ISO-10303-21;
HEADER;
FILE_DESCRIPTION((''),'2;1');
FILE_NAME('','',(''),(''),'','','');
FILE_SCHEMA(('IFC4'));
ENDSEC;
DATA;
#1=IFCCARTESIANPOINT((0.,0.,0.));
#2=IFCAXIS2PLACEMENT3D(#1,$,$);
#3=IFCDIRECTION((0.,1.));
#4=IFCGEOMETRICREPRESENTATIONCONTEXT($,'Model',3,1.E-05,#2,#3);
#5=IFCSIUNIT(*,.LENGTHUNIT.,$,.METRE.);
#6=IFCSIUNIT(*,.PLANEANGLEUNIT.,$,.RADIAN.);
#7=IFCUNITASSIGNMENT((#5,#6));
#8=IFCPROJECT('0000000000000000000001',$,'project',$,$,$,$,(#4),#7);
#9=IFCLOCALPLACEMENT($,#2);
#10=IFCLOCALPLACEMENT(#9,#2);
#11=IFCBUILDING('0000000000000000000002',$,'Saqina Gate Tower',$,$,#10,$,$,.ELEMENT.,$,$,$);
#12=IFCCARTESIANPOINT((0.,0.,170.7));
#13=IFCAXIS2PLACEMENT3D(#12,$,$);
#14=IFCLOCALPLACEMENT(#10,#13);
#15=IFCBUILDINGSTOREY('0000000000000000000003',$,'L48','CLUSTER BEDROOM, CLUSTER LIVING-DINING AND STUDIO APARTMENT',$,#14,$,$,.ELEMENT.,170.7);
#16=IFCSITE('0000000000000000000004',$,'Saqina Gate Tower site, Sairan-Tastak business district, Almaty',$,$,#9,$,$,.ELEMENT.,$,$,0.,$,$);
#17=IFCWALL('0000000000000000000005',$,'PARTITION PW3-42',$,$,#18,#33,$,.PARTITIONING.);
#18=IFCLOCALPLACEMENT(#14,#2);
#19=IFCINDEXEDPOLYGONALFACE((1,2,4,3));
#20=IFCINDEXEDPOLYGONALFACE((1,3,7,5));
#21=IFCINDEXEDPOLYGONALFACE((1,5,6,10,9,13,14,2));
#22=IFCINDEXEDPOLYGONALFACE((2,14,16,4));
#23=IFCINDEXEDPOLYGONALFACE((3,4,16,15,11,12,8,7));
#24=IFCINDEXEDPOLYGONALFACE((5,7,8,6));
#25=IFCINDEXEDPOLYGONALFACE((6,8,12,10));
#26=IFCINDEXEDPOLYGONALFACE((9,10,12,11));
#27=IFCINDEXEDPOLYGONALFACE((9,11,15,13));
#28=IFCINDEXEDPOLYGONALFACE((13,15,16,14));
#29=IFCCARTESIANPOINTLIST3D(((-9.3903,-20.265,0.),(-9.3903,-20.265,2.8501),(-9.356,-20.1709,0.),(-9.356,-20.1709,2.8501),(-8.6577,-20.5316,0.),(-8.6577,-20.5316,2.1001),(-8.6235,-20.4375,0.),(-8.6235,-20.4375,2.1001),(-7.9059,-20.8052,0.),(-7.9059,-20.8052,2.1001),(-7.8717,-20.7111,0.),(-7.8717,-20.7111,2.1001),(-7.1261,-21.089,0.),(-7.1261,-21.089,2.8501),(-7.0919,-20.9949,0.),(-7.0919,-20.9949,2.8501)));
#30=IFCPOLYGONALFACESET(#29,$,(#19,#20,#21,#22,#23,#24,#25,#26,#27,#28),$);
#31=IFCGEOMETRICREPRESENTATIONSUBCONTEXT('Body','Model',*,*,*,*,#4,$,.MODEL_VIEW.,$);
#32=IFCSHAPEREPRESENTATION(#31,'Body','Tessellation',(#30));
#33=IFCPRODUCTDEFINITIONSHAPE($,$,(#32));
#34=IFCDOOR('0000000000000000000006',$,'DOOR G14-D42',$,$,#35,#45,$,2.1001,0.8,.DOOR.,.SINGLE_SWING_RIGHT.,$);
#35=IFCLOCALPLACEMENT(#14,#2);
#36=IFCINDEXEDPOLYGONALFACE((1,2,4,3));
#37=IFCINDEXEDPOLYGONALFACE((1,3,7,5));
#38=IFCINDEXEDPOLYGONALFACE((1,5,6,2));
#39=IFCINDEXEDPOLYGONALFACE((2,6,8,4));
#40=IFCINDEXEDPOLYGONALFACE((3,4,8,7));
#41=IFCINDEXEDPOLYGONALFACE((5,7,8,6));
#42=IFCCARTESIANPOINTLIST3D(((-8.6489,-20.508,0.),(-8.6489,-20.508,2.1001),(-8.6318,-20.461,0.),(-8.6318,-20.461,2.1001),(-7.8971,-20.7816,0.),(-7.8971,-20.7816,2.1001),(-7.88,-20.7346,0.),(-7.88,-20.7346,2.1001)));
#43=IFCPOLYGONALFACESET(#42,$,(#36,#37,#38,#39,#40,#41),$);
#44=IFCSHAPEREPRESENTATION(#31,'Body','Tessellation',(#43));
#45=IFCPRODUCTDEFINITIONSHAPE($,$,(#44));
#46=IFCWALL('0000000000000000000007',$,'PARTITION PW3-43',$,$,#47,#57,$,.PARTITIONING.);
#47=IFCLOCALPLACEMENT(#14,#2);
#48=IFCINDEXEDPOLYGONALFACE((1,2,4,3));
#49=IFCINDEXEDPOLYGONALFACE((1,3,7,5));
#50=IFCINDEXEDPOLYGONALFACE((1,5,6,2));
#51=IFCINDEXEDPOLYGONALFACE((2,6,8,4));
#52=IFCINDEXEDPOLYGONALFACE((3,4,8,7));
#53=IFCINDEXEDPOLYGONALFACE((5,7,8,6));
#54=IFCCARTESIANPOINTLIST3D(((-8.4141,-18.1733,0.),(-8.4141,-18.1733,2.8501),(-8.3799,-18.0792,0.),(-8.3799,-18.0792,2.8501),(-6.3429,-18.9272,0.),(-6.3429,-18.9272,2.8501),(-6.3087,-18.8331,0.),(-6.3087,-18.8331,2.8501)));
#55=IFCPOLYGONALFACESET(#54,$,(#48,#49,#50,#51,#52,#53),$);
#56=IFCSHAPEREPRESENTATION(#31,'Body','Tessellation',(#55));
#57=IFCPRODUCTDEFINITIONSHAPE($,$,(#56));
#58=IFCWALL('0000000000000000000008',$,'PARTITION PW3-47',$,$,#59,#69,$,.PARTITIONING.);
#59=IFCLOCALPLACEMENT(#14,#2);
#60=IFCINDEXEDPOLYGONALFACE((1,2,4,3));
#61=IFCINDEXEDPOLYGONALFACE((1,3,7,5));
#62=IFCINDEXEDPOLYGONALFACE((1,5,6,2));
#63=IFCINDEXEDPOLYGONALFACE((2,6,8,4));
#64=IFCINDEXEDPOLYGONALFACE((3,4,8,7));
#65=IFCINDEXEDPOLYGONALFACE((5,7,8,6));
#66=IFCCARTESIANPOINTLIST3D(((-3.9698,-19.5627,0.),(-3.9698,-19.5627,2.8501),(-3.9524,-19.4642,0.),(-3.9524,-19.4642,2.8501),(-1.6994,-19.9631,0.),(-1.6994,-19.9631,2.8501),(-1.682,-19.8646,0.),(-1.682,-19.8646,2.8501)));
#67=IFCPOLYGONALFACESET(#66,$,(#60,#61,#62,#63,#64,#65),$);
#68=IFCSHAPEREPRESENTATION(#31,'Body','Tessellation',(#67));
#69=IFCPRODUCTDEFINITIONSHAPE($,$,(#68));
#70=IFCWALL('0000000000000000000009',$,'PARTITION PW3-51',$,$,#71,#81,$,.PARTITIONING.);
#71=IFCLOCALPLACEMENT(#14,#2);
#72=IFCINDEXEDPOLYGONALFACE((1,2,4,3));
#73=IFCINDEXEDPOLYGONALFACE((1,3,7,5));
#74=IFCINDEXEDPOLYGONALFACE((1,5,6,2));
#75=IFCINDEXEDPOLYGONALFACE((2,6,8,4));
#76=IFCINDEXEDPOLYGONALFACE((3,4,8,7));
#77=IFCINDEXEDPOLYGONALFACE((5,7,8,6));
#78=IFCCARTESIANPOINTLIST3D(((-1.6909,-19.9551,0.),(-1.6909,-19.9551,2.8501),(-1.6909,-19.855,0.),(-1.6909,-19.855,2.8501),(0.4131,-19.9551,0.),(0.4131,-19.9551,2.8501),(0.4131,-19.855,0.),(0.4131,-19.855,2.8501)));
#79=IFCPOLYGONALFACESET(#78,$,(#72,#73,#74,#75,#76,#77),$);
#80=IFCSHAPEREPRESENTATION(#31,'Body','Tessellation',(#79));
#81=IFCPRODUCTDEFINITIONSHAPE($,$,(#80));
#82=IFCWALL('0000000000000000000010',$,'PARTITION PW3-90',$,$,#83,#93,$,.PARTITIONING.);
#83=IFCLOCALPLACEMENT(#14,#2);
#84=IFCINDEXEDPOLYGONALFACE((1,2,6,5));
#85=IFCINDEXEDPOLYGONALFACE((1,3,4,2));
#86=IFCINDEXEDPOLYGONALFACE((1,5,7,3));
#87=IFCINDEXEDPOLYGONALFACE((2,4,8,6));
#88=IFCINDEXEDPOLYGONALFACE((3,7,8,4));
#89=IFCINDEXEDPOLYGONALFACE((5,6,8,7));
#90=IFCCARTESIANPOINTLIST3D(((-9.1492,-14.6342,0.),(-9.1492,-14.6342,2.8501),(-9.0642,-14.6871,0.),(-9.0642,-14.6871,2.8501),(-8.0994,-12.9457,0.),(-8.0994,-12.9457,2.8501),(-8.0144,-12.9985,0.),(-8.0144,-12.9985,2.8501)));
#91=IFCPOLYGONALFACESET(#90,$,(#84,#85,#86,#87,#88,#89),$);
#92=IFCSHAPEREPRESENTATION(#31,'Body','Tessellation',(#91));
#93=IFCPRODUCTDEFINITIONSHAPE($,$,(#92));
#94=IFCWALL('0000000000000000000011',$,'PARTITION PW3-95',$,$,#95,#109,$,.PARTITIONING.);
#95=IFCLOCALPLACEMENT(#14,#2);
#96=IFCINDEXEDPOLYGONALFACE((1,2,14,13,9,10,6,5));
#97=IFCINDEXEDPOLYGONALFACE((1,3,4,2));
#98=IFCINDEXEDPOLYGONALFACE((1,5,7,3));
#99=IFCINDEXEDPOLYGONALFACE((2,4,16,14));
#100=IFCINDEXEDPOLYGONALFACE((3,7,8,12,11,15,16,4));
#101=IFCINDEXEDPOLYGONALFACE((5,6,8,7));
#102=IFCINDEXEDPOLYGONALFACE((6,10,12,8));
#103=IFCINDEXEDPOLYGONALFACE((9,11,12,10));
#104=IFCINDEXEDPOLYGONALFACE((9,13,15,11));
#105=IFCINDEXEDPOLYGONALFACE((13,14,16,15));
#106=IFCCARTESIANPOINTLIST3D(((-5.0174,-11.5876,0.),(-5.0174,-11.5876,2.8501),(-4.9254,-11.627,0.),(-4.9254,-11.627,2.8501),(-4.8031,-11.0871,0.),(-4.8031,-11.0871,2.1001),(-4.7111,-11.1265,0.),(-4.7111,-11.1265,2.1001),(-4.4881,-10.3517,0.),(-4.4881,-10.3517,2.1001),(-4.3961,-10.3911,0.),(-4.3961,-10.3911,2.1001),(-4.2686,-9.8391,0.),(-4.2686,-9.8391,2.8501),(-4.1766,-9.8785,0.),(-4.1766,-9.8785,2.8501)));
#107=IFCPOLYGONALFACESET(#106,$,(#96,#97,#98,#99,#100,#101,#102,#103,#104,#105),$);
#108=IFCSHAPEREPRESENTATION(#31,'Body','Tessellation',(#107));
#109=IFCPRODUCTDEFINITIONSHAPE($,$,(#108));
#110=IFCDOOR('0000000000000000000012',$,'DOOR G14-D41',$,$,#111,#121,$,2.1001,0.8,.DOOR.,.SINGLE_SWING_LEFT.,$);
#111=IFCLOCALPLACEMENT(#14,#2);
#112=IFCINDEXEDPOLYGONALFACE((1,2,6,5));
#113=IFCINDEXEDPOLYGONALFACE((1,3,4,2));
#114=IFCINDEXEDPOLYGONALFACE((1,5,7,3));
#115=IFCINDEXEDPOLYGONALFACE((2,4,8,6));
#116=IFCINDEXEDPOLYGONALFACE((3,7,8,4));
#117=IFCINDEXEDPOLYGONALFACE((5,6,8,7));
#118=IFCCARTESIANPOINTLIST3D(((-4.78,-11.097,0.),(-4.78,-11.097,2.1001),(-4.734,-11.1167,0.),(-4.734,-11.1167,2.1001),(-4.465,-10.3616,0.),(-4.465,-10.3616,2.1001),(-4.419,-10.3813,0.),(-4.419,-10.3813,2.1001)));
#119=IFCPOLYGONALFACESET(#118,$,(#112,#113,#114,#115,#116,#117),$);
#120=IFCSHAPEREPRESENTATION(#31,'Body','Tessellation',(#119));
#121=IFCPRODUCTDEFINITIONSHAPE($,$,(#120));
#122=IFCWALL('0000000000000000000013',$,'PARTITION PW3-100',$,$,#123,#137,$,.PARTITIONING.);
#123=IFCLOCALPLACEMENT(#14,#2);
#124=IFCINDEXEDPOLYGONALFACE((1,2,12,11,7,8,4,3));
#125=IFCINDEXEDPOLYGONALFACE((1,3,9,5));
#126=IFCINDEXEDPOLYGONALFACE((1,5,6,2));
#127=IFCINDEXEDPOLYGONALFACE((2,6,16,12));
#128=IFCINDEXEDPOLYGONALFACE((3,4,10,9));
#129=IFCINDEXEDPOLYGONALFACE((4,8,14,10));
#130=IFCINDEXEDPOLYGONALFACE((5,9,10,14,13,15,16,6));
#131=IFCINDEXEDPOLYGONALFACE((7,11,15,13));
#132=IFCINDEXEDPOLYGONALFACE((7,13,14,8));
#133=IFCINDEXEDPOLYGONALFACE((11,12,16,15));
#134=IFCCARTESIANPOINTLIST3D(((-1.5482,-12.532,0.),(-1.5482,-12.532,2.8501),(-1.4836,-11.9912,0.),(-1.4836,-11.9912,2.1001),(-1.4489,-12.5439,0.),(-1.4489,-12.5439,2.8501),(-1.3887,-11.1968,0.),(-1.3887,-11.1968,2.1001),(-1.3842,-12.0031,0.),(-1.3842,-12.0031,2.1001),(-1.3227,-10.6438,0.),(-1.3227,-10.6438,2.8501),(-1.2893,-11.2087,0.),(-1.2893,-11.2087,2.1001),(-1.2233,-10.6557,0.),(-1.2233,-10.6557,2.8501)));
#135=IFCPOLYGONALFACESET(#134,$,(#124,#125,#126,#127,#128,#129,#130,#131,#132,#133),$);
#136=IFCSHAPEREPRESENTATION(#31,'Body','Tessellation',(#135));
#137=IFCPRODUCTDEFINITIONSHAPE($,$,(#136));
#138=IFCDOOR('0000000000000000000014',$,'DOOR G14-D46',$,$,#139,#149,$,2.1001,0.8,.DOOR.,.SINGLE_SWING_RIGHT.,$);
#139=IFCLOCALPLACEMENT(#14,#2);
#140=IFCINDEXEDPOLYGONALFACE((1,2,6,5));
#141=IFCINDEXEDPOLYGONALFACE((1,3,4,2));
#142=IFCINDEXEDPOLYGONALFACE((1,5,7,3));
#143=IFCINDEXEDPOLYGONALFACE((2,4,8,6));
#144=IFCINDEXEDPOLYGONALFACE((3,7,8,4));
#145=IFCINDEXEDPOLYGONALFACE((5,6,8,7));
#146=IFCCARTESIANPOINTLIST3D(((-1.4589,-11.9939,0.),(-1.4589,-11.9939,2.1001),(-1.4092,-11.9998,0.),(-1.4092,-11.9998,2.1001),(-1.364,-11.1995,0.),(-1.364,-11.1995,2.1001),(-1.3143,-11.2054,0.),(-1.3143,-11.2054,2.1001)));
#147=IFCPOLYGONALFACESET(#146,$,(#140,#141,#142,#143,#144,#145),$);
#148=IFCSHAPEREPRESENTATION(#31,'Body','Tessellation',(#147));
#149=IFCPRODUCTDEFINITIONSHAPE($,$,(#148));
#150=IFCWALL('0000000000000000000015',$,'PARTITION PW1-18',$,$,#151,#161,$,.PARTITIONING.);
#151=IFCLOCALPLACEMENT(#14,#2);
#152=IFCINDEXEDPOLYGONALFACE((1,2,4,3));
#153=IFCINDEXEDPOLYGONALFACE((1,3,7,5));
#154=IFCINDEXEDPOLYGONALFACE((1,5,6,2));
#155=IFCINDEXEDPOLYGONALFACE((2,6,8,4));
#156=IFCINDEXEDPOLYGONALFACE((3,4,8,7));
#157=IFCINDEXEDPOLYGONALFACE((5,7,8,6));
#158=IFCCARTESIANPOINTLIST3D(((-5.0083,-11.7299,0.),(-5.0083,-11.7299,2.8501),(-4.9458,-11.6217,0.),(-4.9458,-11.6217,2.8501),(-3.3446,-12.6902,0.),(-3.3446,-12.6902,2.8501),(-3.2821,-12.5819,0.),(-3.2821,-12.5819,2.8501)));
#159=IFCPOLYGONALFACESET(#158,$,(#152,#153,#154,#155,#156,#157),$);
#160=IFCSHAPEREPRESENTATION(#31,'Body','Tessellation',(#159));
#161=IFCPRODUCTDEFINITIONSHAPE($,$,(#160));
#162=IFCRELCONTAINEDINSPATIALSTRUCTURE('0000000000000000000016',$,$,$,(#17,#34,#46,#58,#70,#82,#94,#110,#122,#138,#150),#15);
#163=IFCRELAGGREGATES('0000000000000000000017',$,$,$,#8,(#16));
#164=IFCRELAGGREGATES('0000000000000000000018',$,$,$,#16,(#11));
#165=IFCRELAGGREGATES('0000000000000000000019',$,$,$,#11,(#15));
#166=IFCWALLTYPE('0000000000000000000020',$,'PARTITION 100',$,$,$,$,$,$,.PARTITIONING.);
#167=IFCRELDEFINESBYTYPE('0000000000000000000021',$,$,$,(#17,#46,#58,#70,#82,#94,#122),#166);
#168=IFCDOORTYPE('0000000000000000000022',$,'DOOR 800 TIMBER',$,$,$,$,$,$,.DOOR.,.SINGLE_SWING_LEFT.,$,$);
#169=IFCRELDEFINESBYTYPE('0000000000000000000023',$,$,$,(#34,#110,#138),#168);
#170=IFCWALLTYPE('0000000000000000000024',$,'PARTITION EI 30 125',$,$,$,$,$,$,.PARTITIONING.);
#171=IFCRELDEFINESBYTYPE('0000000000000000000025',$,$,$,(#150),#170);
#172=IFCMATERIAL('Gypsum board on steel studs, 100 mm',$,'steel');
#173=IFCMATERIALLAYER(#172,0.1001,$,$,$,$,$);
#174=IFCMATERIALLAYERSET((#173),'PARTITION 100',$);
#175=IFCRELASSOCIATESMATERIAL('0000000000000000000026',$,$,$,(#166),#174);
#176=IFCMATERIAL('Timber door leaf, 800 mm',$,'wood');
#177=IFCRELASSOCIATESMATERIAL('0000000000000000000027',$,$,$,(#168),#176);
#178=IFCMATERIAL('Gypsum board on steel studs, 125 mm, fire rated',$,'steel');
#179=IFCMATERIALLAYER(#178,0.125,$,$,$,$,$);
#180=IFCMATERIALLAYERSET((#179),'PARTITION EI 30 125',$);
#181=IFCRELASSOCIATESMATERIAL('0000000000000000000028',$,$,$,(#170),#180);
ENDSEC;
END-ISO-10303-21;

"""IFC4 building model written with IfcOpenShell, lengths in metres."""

from ifc_helpers import new_model, si_unit, direction, frame, frame_2d, origin, place, context, subcontext, project, spatial, rectangle, extrude, material, layer, layer_set, type_object, element, fill, save


model = new_model("IFC4")

# Units and contexts
model_context = context("Model", 3, precision=1e-05, world=origin(), true_north=direction((0.0, 1.0)))
body_context = subcontext(model_context, "Body", "Model", "MODEL_VIEW")
ifc_project = project(units=[si_unit("LENGTHUNIT", "METRE"), si_unit("PLANEANGLEUNIT", "RADIAN")], contexts=[model_context])

# Site, building, storey
site_placement = place(None, origin())
site = spatial("IfcSite", under=ifc_project, at=site_placement, Name="Saqina Gate Tower site, Sairan-Tastak business district, Almaty", CompositionType="ELEMENT", RefElevation=0.0)
building_placement = place(site_placement, origin())
building = spatial("IfcBuilding", under=site, at=building_placement, Name="Saqina Gate Tower", CompositionType="ELEMENT")
storey_placement = place(building_placement, frame((0.0, 0.0, 170.7)))
storey = spatial("IfcBuildingStorey", under=building, at=storey_placement, Name="L48", Description="CLUSTER BEDROOM, CLUSTER LIVING-DINING AND STUDIO APARTMENT", CompositionType="ELEMENT", Elevation=170.7)

# Wall, opening, door
ifc_material_1 = material(Name="Gypsum board on steel studs, 100 mm", Category="steel")
ifc_layer_1 = layer(ifc_material_1, 0.1001)
ifc_layer_set_1 = layer_set([ifc_layer_1], Name="PARTITION 100")
wall_type_1 = type_object("IfcWallType", Name="PARTITION 100", PredefinedType="PARTITIONING", material=ifc_layer_set_1)
wall_1_placement = place(storey_placement, frame((-9.373, -20.218, 0.0), z_axis=(0.0, 0.0, 1.0), x_axis=(0.939708, -0.341979, 0.0)))
wall_1 = element("IfcWall", 1, at=wall_1_placement, inside=storey, type_object=wall_type_1, Name="PARTITION PW3-42", PredefinedType="PARTITIONING", context=body_context, shape_type="SweptSolid", body=[
    extrude(rectangle(XDim=2.4094, YDim=0.1001, at=frame_2d((1.2046, 0.0))), origin(), (0.0, 0.0, 1.0), 2.8501),
])
opening_1_placement = place(wall_1_placement, frame((0.7795, 0.0, 0.0)))
opening_1 = element("IfcOpeningElement", 2, at=opening_1_placement, cuts=wall_1, PredefinedType="OPENING", context=body_context, shape_type="SweptSolid", body=[
    extrude(rectangle(XDim=0.8, YDim=2.1001, at=frame_2d((0.3999, 1.05))), frame((0.0, 0.062, 0.0), z_axis=(0.0, -1.0, 0.0), x_axis=(1.0, 0.0, 0.0)), (0.0, 0.0, 1.0), 0.124),
])
ifc_material_2 = material(Name="Timber door leaf, 800 mm", Category="wood")
door_type_1 = type_object("IfcDoorType", Name="DOOR 800 TIMBER", OperationType="SINGLE_SWING_LEFT", PredefinedType="DOOR", material=ifc_material_2)
door_1_placement = place(opening_1_placement, frame((0.8, 0.0, 0.0), z_axis=(0.0, 0.0, 1.0), x_axis=(-1.0, 0.0, 0.0)))
door_1 = element("IfcDoor", 3, at=door_1_placement, inside=storey, type_object=door_type_1, Name="DOOR G14-D42", OperationType="SINGLE_SWING_RIGHT", OverallHeight=2.1001, OverallWidth=0.8, PredefinedType="DOOR", context=body_context, shape_type="SweptSolid", body=[
    extrude(rectangle(XDim=0.8, YDim=2.1001, at=frame_2d((0.3999, 1.05))), frame((0.0, 0.0249, 0.0), z_axis=(0.0, -1.0, 0.0), x_axis=(1.0, 0.0, 0.0)), (0.0, 0.0, 1.0), 0.05),
])
fill(opening_1, door_1)

# Walls
wall_2_placement = place(storey_placement, frame((-8.397, -18.1262, 0.0), z_axis=(0.0, 0.0, 1.0), x_axis=(0.939677, -0.342063, 0.0)))
element("IfcWall", 4, at=wall_2_placement, inside=storey, type_object=wall_type_1, Name="PARTITION PW3-43", PredefinedType="PARTITIONING", context=body_context, shape_type="SweptSolid", body=[
    extrude(rectangle(XDim=2.2041, YDim=0.1001, at=frame_2d((1.1021, 0.0))), origin(), (0.0, 0.0, 1.0), 2.8501),
])
wall_3_placement = place(storey_placement, frame((-3.9612, -19.5134, 0.0), z_axis=(0.0, 0.0, 1.0), x_axis=(0.984802, -0.173683, 0.0)))
element("IfcWall", 5, at=wall_3_placement, inside=storey, type_object=wall_type_1, Name="PARTITION PW3-47", PredefinedType="PARTITIONING", context=body_context, shape_type="SweptSolid", body=[
    extrude(rectangle(XDim=2.3054, YDim=0.1001, at=frame_2d((1.1528, 0.0))), origin(), (0.0, 0.0, 1.0), 2.8501),
])
wall_4_placement = place(storey_placement, frame((-1.6909, -19.905, 0.0), z_axis=(0.0, 0.0, 1.0), x_axis=(1.0, 0.0, 0.0)))
element("IfcWall", 6, at=wall_4_placement, inside=storey, type_object=wall_type_1, Name="PARTITION PW3-51", PredefinedType="PARTITIONING", context=body_context, shape_type="SweptSolid", body=[
    extrude(rectangle(XDim=2.104, YDim=0.1001, at=frame_2d((1.052, 0.0))), origin(), (0.0, 0.0, 1.0), 2.8501),
])
wall_5_placement = place(storey_placement, frame((-9.1067, -14.6606, 0.0), z_axis=(0.0, 0.0, 1.0), x_axis=(0.528011, 0.849238, 0.0)))
element("IfcWall", 7, at=wall_5_placement, inside=storey, type_object=wall_type_1, Name="PARTITION PW3-90", PredefinedType="PARTITIONING", context=body_context, shape_type="SweptSolid", body=[
    extrude(rectangle(XDim=1.9883, YDim=0.1001, at=frame_2d((0.9941, 0.0))), origin(), (0.0, 0.0, 1.0), 2.8501),
])

# Walls, openings, doors
wall_6_placement = place(storey_placement, frame((-4.9714, -11.6074, 0.0), z_axis=(0.0, 0.0, 1.0), x_axis=(0.393656, 0.919258, 0.0)))
wall_6 = element("IfcWall", 8, at=wall_6_placement, inside=storey, type_object=wall_type_1, Name="PARTITION PW3-95", PredefinedType="PARTITIONING", context=body_context, shape_type="SweptSolid", body=[
    extrude(rectangle(XDim=1.9021, YDim=0.1001, at=frame_2d((0.9512, 0.0))), origin(), (0.0, 0.0, 1.0), 2.8501),
])
opening_2_placement = place(wall_6_placement, frame((0.5447, 0.0, 0.0)))
opening_2 = element("IfcOpeningElement", 9, at=opening_2_placement, cuts=wall_6, PredefinedType="OPENING", context=body_context, shape_type="SweptSolid", body=[
    extrude(rectangle(XDim=0.8, YDim=2.1001, at=frame_2d((0.3999, 1.05))), frame((0.0, 0.062, 0.0), z_axis=(0.0, -1.0, 0.0), x_axis=(1.0, 0.0, 0.0)), (0.0, 0.0, 1.0), 0.124),
])
door_2_placement = place(opening_2_placement, origin())
door_2 = element("IfcDoor", 10, at=door_2_placement, inside=storey, type_object=door_type_1, Name="DOOR G14-D41", OperationType="SINGLE_SWING_LEFT", OverallHeight=2.1001, OverallWidth=0.8, PredefinedType="DOOR", context=body_context, shape_type="SweptSolid", body=[
    extrude(rectangle(XDim=0.8, YDim=2.1001, at=frame_2d((0.3999, 1.05))), frame((0.0, 0.0249, 0.0), z_axis=(0.0, -1.0, 0.0), x_axis=(1.0, 0.0, 0.0)), (0.0, 0.0, 1.0), 0.05),
])
fill(opening_2, door_2)
wall_7_placement = place(storey_placement, frame((-1.4985, -12.5378, 0.0), z_axis=(0.0, 0.0, 1.0), x_axis=(0.118629, 0.992939, 0.0)))
wall_7 = element("IfcWall", 11, at=wall_7_placement, inside=storey, type_object=wall_type_1, Name="PARTITION PW3-100", PredefinedType="PARTITIONING", context=body_context, shape_type="SweptSolid", body=[
    extrude(rectangle(XDim=1.9016, YDim=0.1001, at=frame_2d((0.9507, 0.0))), origin(), (0.0, 0.0, 1.0), 2.8501),
])
opening_3_placement = place(wall_7_placement, frame((0.5447, 0.0, 0.0)))
opening_3 = element("IfcOpeningElement", 12, at=opening_3_placement, cuts=wall_7, PredefinedType="OPENING", context=body_context, shape_type="SweptSolid", body=[
    extrude(rectangle(XDim=0.8, YDim=2.1001, at=frame_2d((0.3999, 1.05))), frame((0.0, 0.062, 0.0), z_axis=(0.0, -1.0, 0.0), x_axis=(1.0, 0.0, 0.0)), (0.0, 0.0, 1.0), 0.124),
])
door_3_placement = place(opening_3_placement, frame((0.8, 0.0, 0.0), z_axis=(0.0, 0.0, 1.0), x_axis=(-1.0, 0.0, 0.0)))
door_3 = element("IfcDoor", 13, at=door_3_placement, inside=storey, type_object=door_type_1, Name="DOOR G14-D46", OperationType="SINGLE_SWING_RIGHT", OverallHeight=2.1001, OverallWidth=0.8, PredefinedType="DOOR", context=body_context, shape_type="SweptSolid", body=[
    extrude(rectangle(XDim=0.8, YDim=2.1001, at=frame_2d((0.3999, 1.05))), frame((0.0, 0.0249, 0.0), z_axis=(0.0, -1.0, 0.0), x_axis=(1.0, 0.0, 0.0)), (0.0, 0.0, 1.0), 0.05),
])
fill(opening_3, door_3)

# Wall
ifc_material_3 = material(Name="Gypsum board on steel studs, 125 mm, fire rated", Category="steel")
ifc_layer_2 = layer(ifc_material_3, 0.125)
ifc_layer_set_2 = layer_set([ifc_layer_2], Name="PARTITION EI 30 125")
wall_type_2 = type_object("IfcWallType", Name="PARTITION EI 30 125", PredefinedType="PARTITIONING", material=ifc_layer_set_2)
wall_8_placement = place(storey_placement, frame((-4.9771, -11.6758, 0.0), z_axis=(0.0, 0.0, 1.0), x_axis=(0.866084, -0.499898, 0.0)))
element("IfcWall", 14, at=wall_8_placement, inside=storey, type_object=wall_type_2, Name="PARTITION PW1-18", PredefinedType="PARTITIONING", context=body_context, shape_type="SweptSolid", body=[
    extrude(rectangle(XDim=1.9209, YDim=0.125, at=frame_2d((0.9604, 0.0))), origin(), (0.0, 0.0, 1.0), 2.8501),
])

save(model, "model.ifc")
